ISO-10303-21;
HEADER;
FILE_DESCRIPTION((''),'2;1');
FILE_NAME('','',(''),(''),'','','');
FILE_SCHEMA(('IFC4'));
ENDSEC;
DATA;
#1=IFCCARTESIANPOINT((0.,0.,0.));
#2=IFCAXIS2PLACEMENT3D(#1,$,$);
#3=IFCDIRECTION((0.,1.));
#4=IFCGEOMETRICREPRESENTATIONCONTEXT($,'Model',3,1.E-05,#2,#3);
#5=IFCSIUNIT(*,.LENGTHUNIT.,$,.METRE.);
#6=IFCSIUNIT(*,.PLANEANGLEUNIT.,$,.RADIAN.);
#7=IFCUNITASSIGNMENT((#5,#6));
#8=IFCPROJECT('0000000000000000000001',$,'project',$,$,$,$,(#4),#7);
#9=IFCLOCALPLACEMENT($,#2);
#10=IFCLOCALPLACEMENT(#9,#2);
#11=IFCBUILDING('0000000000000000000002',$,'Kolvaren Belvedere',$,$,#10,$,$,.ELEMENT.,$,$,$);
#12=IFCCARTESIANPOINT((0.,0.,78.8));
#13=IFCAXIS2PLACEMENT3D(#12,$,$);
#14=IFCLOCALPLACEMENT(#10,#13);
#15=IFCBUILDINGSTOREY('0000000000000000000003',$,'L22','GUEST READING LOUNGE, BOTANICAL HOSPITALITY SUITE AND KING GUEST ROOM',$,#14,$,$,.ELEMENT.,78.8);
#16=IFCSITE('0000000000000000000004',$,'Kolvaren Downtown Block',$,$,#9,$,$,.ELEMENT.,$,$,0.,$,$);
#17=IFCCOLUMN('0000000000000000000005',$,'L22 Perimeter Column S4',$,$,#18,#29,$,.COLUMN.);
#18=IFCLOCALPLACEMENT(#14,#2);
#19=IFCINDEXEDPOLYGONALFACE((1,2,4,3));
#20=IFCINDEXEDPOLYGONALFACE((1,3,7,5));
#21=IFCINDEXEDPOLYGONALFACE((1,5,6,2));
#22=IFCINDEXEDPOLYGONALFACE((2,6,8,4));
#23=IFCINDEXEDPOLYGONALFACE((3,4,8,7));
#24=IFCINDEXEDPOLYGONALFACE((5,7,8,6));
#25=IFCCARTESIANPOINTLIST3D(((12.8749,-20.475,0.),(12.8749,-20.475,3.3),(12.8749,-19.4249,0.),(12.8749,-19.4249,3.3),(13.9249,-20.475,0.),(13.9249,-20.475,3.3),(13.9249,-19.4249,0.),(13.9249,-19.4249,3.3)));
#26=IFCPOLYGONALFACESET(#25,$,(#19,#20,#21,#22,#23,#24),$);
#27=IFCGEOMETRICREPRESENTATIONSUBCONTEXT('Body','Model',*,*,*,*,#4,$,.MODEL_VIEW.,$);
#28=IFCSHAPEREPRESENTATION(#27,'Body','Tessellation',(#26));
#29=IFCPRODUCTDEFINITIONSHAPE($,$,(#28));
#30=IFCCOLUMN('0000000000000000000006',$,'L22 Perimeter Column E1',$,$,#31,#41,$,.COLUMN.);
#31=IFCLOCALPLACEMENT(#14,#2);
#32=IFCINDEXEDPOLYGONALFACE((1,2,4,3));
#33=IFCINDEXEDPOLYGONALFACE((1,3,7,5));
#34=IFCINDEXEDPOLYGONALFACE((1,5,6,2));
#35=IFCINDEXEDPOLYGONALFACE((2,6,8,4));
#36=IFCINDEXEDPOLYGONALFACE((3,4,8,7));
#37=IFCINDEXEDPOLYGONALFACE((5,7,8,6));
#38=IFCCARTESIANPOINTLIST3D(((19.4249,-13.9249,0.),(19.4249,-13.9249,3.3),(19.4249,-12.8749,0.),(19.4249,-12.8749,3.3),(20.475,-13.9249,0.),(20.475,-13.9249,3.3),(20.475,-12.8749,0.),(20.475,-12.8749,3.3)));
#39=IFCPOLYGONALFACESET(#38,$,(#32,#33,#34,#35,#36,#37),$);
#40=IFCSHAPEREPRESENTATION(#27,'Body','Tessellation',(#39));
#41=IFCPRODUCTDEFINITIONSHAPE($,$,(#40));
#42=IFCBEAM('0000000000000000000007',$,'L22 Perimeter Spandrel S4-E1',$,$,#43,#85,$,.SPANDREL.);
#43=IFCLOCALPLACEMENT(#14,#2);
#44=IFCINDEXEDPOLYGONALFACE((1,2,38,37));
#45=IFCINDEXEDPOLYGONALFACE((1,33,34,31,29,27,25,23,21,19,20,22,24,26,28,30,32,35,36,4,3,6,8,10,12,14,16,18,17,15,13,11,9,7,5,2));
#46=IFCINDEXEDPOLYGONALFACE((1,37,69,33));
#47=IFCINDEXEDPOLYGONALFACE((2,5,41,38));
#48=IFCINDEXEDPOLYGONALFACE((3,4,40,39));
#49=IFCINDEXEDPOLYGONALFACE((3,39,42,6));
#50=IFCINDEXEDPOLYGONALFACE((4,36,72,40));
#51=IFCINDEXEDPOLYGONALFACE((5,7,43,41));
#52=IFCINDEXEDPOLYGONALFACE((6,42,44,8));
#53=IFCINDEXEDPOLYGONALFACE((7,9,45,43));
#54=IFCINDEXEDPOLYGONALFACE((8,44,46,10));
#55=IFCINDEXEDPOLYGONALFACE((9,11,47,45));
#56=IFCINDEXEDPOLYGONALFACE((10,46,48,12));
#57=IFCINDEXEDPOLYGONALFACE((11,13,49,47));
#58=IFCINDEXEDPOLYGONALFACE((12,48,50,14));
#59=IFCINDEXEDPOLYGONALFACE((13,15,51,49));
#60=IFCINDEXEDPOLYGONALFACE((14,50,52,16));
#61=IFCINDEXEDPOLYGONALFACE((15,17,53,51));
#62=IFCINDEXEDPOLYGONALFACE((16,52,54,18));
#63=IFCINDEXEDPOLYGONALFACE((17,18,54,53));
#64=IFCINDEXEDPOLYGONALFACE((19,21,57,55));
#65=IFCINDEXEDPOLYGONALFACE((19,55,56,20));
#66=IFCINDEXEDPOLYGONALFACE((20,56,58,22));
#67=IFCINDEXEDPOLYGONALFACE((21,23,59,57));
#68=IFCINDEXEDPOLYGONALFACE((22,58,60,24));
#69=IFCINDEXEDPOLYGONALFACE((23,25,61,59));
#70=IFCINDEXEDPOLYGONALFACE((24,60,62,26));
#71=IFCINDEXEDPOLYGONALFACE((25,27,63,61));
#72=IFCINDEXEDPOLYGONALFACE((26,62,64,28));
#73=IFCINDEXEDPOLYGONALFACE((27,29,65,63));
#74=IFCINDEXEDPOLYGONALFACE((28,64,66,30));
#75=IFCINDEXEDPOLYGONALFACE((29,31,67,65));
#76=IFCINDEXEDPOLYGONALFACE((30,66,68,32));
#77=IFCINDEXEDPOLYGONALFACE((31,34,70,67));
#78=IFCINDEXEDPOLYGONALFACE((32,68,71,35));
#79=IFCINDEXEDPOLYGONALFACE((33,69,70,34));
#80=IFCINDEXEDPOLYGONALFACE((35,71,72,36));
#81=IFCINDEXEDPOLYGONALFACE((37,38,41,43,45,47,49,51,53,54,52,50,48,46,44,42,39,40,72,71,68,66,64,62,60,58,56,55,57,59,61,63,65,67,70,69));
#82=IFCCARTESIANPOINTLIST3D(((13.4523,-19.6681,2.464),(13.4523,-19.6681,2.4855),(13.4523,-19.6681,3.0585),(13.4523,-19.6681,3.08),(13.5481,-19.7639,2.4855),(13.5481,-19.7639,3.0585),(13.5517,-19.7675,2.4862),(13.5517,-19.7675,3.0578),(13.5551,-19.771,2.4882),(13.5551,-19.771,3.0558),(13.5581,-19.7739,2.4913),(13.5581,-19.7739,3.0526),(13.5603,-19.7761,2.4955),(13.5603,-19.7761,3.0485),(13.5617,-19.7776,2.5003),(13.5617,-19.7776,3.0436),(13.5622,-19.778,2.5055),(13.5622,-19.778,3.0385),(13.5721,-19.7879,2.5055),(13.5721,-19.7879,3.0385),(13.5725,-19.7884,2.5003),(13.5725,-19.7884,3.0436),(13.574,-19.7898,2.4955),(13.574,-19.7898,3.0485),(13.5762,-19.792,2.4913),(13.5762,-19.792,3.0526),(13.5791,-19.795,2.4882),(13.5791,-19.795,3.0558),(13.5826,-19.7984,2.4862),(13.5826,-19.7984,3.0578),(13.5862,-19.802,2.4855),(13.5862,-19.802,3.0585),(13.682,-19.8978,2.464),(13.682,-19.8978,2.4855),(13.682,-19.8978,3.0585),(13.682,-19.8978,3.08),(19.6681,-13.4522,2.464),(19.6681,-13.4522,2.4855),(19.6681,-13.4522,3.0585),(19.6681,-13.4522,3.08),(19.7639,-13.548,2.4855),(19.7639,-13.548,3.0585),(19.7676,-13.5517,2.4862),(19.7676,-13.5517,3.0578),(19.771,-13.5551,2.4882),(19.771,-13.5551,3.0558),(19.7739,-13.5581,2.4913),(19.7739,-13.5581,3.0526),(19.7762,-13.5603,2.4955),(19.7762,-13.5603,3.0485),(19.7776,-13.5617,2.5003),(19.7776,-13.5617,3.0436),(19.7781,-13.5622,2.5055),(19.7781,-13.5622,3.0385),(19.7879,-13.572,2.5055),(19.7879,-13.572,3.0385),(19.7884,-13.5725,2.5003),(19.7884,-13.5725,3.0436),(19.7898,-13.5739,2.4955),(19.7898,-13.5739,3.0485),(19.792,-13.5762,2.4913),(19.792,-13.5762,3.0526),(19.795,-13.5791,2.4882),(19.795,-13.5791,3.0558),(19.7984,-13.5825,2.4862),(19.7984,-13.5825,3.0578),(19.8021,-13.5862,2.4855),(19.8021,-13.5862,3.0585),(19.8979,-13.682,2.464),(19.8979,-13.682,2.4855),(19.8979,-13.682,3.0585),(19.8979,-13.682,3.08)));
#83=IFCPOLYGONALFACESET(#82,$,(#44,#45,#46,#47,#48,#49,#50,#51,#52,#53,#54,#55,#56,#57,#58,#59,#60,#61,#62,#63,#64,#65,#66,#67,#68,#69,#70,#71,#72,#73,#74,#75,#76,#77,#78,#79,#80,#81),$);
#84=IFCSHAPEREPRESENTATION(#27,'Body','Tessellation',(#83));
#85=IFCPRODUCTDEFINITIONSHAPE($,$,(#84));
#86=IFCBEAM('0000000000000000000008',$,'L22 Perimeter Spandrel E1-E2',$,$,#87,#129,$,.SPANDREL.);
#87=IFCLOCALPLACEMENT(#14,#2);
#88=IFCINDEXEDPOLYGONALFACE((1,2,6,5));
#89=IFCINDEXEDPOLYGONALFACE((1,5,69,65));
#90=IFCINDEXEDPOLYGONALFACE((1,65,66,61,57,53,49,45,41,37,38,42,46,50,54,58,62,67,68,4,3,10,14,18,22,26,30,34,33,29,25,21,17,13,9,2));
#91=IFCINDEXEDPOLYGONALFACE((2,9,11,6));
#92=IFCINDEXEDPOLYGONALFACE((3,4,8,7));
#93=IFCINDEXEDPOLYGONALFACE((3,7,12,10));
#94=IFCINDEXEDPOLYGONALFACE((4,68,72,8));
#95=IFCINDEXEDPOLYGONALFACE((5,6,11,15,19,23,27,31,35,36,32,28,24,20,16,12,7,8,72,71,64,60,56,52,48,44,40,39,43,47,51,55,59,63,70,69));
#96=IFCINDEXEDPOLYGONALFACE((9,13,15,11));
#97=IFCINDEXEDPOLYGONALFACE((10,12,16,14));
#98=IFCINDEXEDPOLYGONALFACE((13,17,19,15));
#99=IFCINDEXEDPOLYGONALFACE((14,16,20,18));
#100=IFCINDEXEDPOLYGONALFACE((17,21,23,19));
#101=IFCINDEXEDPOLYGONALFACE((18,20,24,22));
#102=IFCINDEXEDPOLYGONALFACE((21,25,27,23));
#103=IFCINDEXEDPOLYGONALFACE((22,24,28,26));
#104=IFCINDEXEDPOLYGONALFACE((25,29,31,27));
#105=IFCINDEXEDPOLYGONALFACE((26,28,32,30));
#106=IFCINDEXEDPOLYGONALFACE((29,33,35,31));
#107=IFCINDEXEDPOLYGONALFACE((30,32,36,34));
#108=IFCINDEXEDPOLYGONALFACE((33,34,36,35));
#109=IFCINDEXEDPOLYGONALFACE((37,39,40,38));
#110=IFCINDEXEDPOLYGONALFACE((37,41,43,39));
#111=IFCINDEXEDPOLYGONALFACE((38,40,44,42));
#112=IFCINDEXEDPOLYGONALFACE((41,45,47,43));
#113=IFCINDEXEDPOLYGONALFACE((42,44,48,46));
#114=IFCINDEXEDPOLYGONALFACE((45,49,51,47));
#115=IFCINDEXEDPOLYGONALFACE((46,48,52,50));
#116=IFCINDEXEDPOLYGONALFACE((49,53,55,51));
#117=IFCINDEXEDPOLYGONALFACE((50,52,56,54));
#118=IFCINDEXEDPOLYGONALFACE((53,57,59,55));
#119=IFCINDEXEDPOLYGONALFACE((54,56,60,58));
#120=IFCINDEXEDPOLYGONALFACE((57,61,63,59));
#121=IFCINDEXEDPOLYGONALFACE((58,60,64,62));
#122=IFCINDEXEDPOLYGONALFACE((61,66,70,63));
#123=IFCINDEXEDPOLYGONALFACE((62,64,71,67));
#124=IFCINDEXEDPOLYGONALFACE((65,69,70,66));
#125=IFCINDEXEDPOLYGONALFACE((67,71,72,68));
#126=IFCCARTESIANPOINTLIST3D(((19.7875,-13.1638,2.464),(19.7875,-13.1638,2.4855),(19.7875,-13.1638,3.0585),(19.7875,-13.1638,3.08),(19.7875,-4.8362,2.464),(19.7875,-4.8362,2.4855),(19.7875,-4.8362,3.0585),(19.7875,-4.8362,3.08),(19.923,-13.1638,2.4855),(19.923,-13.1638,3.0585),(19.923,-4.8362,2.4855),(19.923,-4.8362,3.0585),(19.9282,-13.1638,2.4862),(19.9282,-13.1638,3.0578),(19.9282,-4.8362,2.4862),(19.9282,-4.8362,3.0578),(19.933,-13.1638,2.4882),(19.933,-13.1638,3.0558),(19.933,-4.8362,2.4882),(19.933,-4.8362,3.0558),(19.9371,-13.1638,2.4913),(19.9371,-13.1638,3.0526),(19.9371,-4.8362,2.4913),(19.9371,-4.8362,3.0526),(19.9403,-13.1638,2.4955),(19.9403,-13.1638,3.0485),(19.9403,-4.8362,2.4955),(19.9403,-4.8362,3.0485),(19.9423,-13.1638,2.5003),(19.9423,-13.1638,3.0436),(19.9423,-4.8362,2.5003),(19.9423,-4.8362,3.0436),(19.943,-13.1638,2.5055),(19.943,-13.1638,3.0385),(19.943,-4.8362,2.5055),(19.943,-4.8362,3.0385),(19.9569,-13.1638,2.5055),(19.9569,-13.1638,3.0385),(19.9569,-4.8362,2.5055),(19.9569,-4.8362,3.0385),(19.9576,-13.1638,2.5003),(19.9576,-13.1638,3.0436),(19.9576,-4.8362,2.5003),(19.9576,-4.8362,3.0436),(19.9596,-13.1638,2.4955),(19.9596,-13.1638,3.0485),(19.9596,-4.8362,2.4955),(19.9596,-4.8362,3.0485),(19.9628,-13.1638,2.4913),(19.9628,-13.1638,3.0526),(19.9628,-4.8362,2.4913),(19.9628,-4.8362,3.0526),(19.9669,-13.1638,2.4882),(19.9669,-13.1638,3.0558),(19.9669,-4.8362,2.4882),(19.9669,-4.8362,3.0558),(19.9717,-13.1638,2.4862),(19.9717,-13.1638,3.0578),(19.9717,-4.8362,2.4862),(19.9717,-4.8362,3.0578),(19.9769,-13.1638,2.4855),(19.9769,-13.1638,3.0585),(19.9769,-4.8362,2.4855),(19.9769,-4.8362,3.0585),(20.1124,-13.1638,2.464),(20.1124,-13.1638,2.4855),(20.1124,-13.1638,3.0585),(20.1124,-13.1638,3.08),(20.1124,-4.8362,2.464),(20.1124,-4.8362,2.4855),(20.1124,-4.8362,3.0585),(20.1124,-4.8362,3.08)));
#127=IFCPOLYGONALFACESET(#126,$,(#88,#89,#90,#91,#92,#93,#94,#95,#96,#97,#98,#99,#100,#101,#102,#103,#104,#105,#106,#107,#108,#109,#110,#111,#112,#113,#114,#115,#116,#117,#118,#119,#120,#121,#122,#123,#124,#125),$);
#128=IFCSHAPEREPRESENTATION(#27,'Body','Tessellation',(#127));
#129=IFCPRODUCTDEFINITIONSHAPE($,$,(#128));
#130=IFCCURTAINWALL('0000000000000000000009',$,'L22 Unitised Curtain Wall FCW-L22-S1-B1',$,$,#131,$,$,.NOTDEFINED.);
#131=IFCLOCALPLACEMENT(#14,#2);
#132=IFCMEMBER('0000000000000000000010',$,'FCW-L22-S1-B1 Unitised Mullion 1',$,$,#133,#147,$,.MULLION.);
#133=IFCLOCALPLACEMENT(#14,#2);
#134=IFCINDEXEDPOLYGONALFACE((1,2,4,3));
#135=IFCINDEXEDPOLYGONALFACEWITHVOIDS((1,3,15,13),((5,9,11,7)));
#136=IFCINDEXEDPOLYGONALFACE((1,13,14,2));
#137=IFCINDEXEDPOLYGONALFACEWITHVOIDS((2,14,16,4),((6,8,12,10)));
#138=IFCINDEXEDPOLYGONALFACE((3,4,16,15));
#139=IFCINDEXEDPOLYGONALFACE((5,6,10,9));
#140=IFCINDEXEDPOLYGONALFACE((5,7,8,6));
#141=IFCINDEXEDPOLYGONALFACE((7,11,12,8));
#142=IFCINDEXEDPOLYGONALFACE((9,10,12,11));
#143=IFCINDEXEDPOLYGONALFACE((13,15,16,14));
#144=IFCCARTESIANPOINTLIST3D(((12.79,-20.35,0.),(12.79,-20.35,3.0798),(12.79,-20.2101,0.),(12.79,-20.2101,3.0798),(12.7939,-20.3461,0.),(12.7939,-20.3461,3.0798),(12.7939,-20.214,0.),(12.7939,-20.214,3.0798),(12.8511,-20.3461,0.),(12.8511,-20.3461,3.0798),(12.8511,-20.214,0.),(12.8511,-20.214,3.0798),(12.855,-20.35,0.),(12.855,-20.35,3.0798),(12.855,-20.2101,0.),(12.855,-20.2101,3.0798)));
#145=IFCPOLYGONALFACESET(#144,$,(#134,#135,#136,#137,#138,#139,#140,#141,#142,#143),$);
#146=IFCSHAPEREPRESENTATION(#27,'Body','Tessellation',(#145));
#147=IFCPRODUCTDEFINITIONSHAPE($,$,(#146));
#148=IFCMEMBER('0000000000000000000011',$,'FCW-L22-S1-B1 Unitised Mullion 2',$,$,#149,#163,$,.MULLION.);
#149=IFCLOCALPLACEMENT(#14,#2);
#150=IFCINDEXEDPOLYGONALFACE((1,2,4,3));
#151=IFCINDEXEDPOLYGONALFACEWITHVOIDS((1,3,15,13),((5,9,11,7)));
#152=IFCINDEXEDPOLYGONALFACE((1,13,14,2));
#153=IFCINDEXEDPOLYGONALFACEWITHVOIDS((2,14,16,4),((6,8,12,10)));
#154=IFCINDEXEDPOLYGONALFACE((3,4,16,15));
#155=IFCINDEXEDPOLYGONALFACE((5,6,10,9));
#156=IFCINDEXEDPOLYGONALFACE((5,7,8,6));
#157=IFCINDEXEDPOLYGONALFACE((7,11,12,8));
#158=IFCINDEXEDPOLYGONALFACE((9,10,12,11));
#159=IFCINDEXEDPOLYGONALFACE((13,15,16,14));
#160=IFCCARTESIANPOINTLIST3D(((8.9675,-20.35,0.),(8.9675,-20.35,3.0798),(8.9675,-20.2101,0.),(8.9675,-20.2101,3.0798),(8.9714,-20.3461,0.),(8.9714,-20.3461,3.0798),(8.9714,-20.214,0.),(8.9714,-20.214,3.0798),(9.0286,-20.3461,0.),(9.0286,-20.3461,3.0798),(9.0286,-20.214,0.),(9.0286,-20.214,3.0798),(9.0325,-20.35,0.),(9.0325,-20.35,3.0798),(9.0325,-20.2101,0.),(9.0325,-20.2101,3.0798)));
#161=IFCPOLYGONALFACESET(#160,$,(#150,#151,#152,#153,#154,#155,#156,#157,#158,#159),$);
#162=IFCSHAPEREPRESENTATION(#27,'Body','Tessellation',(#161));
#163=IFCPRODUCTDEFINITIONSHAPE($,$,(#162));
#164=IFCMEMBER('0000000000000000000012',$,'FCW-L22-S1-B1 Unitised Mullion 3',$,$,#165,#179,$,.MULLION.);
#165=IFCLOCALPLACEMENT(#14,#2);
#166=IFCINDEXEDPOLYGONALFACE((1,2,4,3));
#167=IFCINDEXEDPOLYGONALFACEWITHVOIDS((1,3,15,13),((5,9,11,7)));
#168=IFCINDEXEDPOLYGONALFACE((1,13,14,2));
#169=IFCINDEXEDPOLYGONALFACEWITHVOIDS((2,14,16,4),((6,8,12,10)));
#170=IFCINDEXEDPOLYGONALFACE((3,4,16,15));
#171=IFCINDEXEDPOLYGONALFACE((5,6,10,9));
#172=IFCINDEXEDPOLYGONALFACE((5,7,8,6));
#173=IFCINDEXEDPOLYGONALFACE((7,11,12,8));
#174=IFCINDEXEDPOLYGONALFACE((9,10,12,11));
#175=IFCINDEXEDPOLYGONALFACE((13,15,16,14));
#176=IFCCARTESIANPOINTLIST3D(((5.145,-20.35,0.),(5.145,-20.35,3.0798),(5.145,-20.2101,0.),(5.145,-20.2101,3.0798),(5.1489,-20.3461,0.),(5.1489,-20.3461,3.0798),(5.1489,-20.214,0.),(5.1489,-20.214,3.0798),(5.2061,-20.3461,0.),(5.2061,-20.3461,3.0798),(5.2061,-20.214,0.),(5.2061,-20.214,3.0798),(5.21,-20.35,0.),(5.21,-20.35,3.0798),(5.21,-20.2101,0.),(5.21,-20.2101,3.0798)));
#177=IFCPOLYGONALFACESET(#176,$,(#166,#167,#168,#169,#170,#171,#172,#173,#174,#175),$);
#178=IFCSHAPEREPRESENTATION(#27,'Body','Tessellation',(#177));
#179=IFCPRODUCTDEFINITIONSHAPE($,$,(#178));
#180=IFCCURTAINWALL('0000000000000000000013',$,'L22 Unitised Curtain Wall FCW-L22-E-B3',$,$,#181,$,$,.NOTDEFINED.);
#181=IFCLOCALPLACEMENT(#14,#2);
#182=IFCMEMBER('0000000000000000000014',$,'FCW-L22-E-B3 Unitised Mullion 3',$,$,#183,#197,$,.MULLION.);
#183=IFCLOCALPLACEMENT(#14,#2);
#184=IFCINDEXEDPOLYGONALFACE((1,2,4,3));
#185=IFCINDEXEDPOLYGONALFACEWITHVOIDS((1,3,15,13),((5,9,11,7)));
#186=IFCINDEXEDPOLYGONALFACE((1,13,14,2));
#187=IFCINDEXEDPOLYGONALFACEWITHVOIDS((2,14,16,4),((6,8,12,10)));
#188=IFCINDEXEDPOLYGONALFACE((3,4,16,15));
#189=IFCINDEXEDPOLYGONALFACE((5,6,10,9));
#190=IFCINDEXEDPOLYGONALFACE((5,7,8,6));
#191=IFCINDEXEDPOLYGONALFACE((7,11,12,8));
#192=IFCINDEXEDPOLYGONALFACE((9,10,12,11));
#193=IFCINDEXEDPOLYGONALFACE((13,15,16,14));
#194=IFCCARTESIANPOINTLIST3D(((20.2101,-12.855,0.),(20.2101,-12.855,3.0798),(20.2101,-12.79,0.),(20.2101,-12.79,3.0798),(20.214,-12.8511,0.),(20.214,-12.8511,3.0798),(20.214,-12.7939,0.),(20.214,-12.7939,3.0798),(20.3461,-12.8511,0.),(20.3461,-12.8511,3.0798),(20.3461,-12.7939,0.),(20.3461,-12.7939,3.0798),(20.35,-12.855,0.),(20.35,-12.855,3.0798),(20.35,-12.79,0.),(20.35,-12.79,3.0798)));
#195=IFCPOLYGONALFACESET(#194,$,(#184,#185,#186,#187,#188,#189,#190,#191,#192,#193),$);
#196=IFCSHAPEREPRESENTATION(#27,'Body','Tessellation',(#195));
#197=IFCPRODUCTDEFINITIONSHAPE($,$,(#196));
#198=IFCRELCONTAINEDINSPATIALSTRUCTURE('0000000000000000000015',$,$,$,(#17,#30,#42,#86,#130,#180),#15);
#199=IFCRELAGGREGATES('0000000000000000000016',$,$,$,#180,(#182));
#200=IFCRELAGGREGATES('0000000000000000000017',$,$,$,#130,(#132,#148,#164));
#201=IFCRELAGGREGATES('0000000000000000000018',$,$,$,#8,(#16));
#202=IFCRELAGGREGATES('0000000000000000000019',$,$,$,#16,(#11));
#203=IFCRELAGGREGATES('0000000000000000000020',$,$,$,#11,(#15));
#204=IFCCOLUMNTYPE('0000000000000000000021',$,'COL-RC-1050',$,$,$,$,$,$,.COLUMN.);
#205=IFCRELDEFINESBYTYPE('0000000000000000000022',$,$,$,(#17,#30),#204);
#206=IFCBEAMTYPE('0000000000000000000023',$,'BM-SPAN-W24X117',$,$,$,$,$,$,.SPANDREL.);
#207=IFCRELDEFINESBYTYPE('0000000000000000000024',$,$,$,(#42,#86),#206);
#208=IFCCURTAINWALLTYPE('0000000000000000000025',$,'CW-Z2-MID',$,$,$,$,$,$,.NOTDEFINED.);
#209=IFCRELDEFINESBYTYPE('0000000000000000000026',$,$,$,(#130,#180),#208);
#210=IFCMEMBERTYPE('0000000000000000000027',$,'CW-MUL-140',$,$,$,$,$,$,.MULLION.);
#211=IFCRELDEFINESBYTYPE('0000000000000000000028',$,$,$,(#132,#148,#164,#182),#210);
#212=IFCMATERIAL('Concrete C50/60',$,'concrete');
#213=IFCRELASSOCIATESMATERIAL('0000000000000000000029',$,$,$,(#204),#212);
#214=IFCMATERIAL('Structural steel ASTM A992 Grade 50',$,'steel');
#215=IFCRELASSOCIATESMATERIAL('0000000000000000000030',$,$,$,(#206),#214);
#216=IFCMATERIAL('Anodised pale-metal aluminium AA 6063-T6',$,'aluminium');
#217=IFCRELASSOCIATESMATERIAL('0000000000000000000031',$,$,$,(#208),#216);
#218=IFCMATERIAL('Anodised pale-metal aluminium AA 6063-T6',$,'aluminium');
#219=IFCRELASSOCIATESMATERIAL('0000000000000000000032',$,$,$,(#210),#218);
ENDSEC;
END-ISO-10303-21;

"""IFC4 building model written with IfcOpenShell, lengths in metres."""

from ifc_helpers import new_model, si_unit, direction, frame, origin, origin_2d, place, context, subcontext, project, spatial, rectangle, hollow_rectangle, i_section, extrude, material, material_profile, profile_set, type_object, element, aggregate, save


model = new_model("IFC4")

# Units and contexts
model_context = context("Model", 3, precision=1e-05, world=origin(), true_north=direction((0.0, 1.0)))
body_context = subcontext(model_context, "Body", "Model", "MODEL_VIEW")
ifc_project = project(units=[si_unit("LENGTHUNIT", "METRE"), si_unit("PLANEANGLEUNIT", "RADIAN")], contexts=[model_context])

# Site, building, storey
site_placement = place(None, origin())
site = spatial("IfcSite", under=ifc_project, at=site_placement, Name="Kolvaren Downtown Block", CompositionType="ELEMENT", RefElevation=0.0)
building_placement = place(site_placement, origin())
building = spatial("IfcBuilding", under=site, at=building_placement, Name="Kolvaren Belvedere", CompositionType="ELEMENT")
storey_placement = place(building_placement, frame((0.0, 0.0, 78.8)))
storey = spatial("IfcBuildingStorey", under=building, at=storey_placement, Name="L22", Description="GUEST READING LOUNGE, BOTANICAL HOSPITALITY SUITE AND KING GUEST ROOM", CompositionType="ELEMENT", Elevation=78.8)

# Columns
ifc_material_1 = material(Name="Concrete C50/60", Category="concrete")
ifc_material_profile_1 = material_profile(ifc_material_1, rectangle(XDim=1.05, YDim=1.05, at=origin_2d()), Name="RC 1050X1050")
ifc_profile_set_1 = profile_set([ifc_material_profile_1], Name="Concrete C50/60")
column_type = type_object("IfcColumnType", Name="COL-RC-1050", PredefinedType="COLUMN", material=ifc_profile_set_1)
for number, where, z_axis, x_axis, name in (
    (1, (13.3999, -19.95, 0.0), (0.0, 0.0, 1.0), (1.0, 0.0, 0.0), "L22 Perimeter Column S4"),
    (2, (19.95, -13.3999, 0.0), (0.0, 0.0, 1.0), (1.0, 0.0, 0.0), "L22 Perimeter Column E1"),
):
    element("IfcColumn", number, at=place(storey_placement, frame(where, z_axis=z_axis, x_axis=x_axis)), inside=storey, type_object=column_type, Name=name, PredefinedType="COLUMN", context=body_context, shape_type="SweptSolid", body=[
        extrude(rectangle(XDim=1.05, YDim=1.05, at=origin_2d()), origin(), (0.0, 0.0, 1.0), 3.3),
    ])

# Beams
ifc_material_2 = material(Name="Structural steel ASTM A992 Grade 50", Category="steel")
ifc_material_profile_2 = material_profile(ifc_material_2, i_section(OverallWidth=0.325, OverallDepth=0.616, WebThickness=0.0139, FlangeThickness=0.0215, FilletRadius=0.02, at=origin_2d()), Name="W24X117")
ifc_profile_set_2 = profile_set([ifc_material_profile_2], Name="Structural steel ASTM A992 Grade 50")
beam_type = type_object("IfcBeamType", Name="BM-SPAN-W24X117", PredefinedType="SPANDREL", material=ifc_profile_set_2)
beam_1_placement = place(storey_placement, frame((13.5671, -19.783, 2.772), z_axis=(0.707107, 0.707107, 0.0), x_axis=(-0.707107, 0.707107, 0.0)))
element("IfcBeam", 3, at=beam_1_placement, inside=storey, type_object=beam_type, Name="L22 Perimeter Spandrel S4-E1", PredefinedType="SPANDREL", context=body_context, shape_type="SweptSolid", body=[
    extrude(i_section(OverallWidth=0.325, OverallDepth=0.616, WebThickness=0.0139, FlangeThickness=0.0215, FilletRadius=0.02, at=origin_2d()), origin(), (0.0, 0.0, 1.0), 8.7905),
])
beam_2_placement = place(storey_placement, frame((19.95, -13.1638, 2.772), z_axis=(0.0, 1.0, 0.0), x_axis=(-1.0, 0.0, 0.0)))
element("IfcBeam", 4, at=beam_2_placement, inside=storey, type_object=beam_type, Name="L22 Perimeter Spandrel E1-E2", PredefinedType="SPANDREL", context=body_context, shape_type="SweptSolid", body=[
    extrude(i_section(OverallWidth=0.325, OverallDepth=0.616, WebThickness=0.0139, FlangeThickness=0.0215, FilletRadius=0.02, at=origin_2d()), origin(), (0.0, 0.0, 1.0), 8.3276),
])

# Curtain wall, members
ifc_material_3 = material(Name="Anodised pale-metal aluminium AA 6063-T6", Category="aluminium")
curtain_wall_type = type_object("IfcCurtainWallType", Name="CW-Z2-MID", PredefinedType="NOTDEFINED", material=ifc_material_3)
curtain_wall_1_placement = place(storey_placement, origin())
curtain_wall_1 = element("IfcCurtainWall", 5, at=curtain_wall_1_placement, inside=storey, type_object=curtain_wall_type, Name="L22 Unitised Curtain Wall FCW-L22-S1-B1", PredefinedType="NOTDEFINED")
ifc_material_4 = material(Name="Anodised pale-metal aluminium AA 6063-T6", Category="aluminium")
ifc_material_profile_3 = material_profile(ifc_material_4, hollow_rectangle(XDim=0.0649, YDim=0.1399, WallThickness=0.0039, at=origin_2d()), Name="ALU-MUL-140X65")
ifc_profile_set_3 = profile_set([ifc_material_profile_3], Name="Anodised pale-metal aluminium AA 6063-T6")
member_type_1 = type_object("IfcMemberType", Name="CW-MUL-140", PredefinedType="MULLION", material=ifc_profile_set_3)
member_1_placement = place(storey_placement, frame((12.8225, -20.28, 0.0), z_axis=(0.0, 0.0, 1.0), x_axis=(1.0, 0.0, 0.0)))
member_1 = element("IfcMember", 6, at=member_1_placement, type_object=member_type_1, Name="FCW-L22-S1-B1 Unitised Mullion 1", PredefinedType="MULLION", context=body_context, shape_type="SweptSolid", body=[
    extrude(hollow_rectangle(XDim=0.0649, YDim=0.1399, WallThickness=0.0039, at=origin_2d()), origin(), (0.0, 0.0, 1.0), 3.0798),
])
member_2_placement = place(storey_placement, frame((9.0, -20.28, 0.0), z_axis=(0.0, 0.0, 1.0), x_axis=(1.0, 0.0, 0.0)))
member_2 = element("IfcMember", 7, at=member_2_placement, type_object=member_type_1, Name="FCW-L22-S1-B1 Unitised Mullion 2", PredefinedType="MULLION", context=body_context, shape_type="SweptSolid", body=[
    extrude(hollow_rectangle(XDim=0.0649, YDim=0.1399, WallThickness=0.0039, at=origin_2d()), origin(), (0.0, 0.0, 1.0), 3.0798),
])
member_3_placement = place(storey_placement, frame((5.1775, -20.28, 0.0), z_axis=(0.0, 0.0, 1.0), x_axis=(1.0, 0.0, 0.0)))
member_3 = element("IfcMember", 8, at=member_3_placement, type_object=member_type_1, Name="FCW-L22-S1-B1 Unitised Mullion 3", PredefinedType="MULLION", context=body_context, shape_type="SweptSolid", body=[
    extrude(hollow_rectangle(XDim=0.0649, YDim=0.1399, WallThickness=0.0039, at=origin_2d()), origin(), (0.0, 0.0, 1.0), 3.0798),
])

# Curtain wall, member
curtain_wall_2_placement = place(storey_placement, origin())
curtain_wall_2 = element("IfcCurtainWall", 9, at=curtain_wall_2_placement, inside=storey, type_object=curtain_wall_type, Name="L22 Unitised Curtain Wall FCW-L22-E-B3", PredefinedType="NOTDEFINED")
member_4_placement = place(storey_placement, frame((20.28, -12.8225, 0.0), z_axis=(0.0, 0.0, 1.0), x_axis=(0.0, 1.0, 0.0)))
member_4 = element("IfcMember", 10, at=member_4_placement, type_object=member_type_1, Name="FCW-L22-E-B3 Unitised Mullion 3", PredefinedType="MULLION", context=body_context, shape_type="SweptSolid", body=[
    extrude(hollow_rectangle(XDim=0.0649, YDim=0.1399, WallThickness=0.0039, at=origin_2d()), origin(), (0.0, 0.0, 1.0), 3.0798),
])
aggregate(curtain_wall_2, [member_4])

aggregate(curtain_wall_1, [member_1, member_2, member_3])

save(model, "model.ifc")
